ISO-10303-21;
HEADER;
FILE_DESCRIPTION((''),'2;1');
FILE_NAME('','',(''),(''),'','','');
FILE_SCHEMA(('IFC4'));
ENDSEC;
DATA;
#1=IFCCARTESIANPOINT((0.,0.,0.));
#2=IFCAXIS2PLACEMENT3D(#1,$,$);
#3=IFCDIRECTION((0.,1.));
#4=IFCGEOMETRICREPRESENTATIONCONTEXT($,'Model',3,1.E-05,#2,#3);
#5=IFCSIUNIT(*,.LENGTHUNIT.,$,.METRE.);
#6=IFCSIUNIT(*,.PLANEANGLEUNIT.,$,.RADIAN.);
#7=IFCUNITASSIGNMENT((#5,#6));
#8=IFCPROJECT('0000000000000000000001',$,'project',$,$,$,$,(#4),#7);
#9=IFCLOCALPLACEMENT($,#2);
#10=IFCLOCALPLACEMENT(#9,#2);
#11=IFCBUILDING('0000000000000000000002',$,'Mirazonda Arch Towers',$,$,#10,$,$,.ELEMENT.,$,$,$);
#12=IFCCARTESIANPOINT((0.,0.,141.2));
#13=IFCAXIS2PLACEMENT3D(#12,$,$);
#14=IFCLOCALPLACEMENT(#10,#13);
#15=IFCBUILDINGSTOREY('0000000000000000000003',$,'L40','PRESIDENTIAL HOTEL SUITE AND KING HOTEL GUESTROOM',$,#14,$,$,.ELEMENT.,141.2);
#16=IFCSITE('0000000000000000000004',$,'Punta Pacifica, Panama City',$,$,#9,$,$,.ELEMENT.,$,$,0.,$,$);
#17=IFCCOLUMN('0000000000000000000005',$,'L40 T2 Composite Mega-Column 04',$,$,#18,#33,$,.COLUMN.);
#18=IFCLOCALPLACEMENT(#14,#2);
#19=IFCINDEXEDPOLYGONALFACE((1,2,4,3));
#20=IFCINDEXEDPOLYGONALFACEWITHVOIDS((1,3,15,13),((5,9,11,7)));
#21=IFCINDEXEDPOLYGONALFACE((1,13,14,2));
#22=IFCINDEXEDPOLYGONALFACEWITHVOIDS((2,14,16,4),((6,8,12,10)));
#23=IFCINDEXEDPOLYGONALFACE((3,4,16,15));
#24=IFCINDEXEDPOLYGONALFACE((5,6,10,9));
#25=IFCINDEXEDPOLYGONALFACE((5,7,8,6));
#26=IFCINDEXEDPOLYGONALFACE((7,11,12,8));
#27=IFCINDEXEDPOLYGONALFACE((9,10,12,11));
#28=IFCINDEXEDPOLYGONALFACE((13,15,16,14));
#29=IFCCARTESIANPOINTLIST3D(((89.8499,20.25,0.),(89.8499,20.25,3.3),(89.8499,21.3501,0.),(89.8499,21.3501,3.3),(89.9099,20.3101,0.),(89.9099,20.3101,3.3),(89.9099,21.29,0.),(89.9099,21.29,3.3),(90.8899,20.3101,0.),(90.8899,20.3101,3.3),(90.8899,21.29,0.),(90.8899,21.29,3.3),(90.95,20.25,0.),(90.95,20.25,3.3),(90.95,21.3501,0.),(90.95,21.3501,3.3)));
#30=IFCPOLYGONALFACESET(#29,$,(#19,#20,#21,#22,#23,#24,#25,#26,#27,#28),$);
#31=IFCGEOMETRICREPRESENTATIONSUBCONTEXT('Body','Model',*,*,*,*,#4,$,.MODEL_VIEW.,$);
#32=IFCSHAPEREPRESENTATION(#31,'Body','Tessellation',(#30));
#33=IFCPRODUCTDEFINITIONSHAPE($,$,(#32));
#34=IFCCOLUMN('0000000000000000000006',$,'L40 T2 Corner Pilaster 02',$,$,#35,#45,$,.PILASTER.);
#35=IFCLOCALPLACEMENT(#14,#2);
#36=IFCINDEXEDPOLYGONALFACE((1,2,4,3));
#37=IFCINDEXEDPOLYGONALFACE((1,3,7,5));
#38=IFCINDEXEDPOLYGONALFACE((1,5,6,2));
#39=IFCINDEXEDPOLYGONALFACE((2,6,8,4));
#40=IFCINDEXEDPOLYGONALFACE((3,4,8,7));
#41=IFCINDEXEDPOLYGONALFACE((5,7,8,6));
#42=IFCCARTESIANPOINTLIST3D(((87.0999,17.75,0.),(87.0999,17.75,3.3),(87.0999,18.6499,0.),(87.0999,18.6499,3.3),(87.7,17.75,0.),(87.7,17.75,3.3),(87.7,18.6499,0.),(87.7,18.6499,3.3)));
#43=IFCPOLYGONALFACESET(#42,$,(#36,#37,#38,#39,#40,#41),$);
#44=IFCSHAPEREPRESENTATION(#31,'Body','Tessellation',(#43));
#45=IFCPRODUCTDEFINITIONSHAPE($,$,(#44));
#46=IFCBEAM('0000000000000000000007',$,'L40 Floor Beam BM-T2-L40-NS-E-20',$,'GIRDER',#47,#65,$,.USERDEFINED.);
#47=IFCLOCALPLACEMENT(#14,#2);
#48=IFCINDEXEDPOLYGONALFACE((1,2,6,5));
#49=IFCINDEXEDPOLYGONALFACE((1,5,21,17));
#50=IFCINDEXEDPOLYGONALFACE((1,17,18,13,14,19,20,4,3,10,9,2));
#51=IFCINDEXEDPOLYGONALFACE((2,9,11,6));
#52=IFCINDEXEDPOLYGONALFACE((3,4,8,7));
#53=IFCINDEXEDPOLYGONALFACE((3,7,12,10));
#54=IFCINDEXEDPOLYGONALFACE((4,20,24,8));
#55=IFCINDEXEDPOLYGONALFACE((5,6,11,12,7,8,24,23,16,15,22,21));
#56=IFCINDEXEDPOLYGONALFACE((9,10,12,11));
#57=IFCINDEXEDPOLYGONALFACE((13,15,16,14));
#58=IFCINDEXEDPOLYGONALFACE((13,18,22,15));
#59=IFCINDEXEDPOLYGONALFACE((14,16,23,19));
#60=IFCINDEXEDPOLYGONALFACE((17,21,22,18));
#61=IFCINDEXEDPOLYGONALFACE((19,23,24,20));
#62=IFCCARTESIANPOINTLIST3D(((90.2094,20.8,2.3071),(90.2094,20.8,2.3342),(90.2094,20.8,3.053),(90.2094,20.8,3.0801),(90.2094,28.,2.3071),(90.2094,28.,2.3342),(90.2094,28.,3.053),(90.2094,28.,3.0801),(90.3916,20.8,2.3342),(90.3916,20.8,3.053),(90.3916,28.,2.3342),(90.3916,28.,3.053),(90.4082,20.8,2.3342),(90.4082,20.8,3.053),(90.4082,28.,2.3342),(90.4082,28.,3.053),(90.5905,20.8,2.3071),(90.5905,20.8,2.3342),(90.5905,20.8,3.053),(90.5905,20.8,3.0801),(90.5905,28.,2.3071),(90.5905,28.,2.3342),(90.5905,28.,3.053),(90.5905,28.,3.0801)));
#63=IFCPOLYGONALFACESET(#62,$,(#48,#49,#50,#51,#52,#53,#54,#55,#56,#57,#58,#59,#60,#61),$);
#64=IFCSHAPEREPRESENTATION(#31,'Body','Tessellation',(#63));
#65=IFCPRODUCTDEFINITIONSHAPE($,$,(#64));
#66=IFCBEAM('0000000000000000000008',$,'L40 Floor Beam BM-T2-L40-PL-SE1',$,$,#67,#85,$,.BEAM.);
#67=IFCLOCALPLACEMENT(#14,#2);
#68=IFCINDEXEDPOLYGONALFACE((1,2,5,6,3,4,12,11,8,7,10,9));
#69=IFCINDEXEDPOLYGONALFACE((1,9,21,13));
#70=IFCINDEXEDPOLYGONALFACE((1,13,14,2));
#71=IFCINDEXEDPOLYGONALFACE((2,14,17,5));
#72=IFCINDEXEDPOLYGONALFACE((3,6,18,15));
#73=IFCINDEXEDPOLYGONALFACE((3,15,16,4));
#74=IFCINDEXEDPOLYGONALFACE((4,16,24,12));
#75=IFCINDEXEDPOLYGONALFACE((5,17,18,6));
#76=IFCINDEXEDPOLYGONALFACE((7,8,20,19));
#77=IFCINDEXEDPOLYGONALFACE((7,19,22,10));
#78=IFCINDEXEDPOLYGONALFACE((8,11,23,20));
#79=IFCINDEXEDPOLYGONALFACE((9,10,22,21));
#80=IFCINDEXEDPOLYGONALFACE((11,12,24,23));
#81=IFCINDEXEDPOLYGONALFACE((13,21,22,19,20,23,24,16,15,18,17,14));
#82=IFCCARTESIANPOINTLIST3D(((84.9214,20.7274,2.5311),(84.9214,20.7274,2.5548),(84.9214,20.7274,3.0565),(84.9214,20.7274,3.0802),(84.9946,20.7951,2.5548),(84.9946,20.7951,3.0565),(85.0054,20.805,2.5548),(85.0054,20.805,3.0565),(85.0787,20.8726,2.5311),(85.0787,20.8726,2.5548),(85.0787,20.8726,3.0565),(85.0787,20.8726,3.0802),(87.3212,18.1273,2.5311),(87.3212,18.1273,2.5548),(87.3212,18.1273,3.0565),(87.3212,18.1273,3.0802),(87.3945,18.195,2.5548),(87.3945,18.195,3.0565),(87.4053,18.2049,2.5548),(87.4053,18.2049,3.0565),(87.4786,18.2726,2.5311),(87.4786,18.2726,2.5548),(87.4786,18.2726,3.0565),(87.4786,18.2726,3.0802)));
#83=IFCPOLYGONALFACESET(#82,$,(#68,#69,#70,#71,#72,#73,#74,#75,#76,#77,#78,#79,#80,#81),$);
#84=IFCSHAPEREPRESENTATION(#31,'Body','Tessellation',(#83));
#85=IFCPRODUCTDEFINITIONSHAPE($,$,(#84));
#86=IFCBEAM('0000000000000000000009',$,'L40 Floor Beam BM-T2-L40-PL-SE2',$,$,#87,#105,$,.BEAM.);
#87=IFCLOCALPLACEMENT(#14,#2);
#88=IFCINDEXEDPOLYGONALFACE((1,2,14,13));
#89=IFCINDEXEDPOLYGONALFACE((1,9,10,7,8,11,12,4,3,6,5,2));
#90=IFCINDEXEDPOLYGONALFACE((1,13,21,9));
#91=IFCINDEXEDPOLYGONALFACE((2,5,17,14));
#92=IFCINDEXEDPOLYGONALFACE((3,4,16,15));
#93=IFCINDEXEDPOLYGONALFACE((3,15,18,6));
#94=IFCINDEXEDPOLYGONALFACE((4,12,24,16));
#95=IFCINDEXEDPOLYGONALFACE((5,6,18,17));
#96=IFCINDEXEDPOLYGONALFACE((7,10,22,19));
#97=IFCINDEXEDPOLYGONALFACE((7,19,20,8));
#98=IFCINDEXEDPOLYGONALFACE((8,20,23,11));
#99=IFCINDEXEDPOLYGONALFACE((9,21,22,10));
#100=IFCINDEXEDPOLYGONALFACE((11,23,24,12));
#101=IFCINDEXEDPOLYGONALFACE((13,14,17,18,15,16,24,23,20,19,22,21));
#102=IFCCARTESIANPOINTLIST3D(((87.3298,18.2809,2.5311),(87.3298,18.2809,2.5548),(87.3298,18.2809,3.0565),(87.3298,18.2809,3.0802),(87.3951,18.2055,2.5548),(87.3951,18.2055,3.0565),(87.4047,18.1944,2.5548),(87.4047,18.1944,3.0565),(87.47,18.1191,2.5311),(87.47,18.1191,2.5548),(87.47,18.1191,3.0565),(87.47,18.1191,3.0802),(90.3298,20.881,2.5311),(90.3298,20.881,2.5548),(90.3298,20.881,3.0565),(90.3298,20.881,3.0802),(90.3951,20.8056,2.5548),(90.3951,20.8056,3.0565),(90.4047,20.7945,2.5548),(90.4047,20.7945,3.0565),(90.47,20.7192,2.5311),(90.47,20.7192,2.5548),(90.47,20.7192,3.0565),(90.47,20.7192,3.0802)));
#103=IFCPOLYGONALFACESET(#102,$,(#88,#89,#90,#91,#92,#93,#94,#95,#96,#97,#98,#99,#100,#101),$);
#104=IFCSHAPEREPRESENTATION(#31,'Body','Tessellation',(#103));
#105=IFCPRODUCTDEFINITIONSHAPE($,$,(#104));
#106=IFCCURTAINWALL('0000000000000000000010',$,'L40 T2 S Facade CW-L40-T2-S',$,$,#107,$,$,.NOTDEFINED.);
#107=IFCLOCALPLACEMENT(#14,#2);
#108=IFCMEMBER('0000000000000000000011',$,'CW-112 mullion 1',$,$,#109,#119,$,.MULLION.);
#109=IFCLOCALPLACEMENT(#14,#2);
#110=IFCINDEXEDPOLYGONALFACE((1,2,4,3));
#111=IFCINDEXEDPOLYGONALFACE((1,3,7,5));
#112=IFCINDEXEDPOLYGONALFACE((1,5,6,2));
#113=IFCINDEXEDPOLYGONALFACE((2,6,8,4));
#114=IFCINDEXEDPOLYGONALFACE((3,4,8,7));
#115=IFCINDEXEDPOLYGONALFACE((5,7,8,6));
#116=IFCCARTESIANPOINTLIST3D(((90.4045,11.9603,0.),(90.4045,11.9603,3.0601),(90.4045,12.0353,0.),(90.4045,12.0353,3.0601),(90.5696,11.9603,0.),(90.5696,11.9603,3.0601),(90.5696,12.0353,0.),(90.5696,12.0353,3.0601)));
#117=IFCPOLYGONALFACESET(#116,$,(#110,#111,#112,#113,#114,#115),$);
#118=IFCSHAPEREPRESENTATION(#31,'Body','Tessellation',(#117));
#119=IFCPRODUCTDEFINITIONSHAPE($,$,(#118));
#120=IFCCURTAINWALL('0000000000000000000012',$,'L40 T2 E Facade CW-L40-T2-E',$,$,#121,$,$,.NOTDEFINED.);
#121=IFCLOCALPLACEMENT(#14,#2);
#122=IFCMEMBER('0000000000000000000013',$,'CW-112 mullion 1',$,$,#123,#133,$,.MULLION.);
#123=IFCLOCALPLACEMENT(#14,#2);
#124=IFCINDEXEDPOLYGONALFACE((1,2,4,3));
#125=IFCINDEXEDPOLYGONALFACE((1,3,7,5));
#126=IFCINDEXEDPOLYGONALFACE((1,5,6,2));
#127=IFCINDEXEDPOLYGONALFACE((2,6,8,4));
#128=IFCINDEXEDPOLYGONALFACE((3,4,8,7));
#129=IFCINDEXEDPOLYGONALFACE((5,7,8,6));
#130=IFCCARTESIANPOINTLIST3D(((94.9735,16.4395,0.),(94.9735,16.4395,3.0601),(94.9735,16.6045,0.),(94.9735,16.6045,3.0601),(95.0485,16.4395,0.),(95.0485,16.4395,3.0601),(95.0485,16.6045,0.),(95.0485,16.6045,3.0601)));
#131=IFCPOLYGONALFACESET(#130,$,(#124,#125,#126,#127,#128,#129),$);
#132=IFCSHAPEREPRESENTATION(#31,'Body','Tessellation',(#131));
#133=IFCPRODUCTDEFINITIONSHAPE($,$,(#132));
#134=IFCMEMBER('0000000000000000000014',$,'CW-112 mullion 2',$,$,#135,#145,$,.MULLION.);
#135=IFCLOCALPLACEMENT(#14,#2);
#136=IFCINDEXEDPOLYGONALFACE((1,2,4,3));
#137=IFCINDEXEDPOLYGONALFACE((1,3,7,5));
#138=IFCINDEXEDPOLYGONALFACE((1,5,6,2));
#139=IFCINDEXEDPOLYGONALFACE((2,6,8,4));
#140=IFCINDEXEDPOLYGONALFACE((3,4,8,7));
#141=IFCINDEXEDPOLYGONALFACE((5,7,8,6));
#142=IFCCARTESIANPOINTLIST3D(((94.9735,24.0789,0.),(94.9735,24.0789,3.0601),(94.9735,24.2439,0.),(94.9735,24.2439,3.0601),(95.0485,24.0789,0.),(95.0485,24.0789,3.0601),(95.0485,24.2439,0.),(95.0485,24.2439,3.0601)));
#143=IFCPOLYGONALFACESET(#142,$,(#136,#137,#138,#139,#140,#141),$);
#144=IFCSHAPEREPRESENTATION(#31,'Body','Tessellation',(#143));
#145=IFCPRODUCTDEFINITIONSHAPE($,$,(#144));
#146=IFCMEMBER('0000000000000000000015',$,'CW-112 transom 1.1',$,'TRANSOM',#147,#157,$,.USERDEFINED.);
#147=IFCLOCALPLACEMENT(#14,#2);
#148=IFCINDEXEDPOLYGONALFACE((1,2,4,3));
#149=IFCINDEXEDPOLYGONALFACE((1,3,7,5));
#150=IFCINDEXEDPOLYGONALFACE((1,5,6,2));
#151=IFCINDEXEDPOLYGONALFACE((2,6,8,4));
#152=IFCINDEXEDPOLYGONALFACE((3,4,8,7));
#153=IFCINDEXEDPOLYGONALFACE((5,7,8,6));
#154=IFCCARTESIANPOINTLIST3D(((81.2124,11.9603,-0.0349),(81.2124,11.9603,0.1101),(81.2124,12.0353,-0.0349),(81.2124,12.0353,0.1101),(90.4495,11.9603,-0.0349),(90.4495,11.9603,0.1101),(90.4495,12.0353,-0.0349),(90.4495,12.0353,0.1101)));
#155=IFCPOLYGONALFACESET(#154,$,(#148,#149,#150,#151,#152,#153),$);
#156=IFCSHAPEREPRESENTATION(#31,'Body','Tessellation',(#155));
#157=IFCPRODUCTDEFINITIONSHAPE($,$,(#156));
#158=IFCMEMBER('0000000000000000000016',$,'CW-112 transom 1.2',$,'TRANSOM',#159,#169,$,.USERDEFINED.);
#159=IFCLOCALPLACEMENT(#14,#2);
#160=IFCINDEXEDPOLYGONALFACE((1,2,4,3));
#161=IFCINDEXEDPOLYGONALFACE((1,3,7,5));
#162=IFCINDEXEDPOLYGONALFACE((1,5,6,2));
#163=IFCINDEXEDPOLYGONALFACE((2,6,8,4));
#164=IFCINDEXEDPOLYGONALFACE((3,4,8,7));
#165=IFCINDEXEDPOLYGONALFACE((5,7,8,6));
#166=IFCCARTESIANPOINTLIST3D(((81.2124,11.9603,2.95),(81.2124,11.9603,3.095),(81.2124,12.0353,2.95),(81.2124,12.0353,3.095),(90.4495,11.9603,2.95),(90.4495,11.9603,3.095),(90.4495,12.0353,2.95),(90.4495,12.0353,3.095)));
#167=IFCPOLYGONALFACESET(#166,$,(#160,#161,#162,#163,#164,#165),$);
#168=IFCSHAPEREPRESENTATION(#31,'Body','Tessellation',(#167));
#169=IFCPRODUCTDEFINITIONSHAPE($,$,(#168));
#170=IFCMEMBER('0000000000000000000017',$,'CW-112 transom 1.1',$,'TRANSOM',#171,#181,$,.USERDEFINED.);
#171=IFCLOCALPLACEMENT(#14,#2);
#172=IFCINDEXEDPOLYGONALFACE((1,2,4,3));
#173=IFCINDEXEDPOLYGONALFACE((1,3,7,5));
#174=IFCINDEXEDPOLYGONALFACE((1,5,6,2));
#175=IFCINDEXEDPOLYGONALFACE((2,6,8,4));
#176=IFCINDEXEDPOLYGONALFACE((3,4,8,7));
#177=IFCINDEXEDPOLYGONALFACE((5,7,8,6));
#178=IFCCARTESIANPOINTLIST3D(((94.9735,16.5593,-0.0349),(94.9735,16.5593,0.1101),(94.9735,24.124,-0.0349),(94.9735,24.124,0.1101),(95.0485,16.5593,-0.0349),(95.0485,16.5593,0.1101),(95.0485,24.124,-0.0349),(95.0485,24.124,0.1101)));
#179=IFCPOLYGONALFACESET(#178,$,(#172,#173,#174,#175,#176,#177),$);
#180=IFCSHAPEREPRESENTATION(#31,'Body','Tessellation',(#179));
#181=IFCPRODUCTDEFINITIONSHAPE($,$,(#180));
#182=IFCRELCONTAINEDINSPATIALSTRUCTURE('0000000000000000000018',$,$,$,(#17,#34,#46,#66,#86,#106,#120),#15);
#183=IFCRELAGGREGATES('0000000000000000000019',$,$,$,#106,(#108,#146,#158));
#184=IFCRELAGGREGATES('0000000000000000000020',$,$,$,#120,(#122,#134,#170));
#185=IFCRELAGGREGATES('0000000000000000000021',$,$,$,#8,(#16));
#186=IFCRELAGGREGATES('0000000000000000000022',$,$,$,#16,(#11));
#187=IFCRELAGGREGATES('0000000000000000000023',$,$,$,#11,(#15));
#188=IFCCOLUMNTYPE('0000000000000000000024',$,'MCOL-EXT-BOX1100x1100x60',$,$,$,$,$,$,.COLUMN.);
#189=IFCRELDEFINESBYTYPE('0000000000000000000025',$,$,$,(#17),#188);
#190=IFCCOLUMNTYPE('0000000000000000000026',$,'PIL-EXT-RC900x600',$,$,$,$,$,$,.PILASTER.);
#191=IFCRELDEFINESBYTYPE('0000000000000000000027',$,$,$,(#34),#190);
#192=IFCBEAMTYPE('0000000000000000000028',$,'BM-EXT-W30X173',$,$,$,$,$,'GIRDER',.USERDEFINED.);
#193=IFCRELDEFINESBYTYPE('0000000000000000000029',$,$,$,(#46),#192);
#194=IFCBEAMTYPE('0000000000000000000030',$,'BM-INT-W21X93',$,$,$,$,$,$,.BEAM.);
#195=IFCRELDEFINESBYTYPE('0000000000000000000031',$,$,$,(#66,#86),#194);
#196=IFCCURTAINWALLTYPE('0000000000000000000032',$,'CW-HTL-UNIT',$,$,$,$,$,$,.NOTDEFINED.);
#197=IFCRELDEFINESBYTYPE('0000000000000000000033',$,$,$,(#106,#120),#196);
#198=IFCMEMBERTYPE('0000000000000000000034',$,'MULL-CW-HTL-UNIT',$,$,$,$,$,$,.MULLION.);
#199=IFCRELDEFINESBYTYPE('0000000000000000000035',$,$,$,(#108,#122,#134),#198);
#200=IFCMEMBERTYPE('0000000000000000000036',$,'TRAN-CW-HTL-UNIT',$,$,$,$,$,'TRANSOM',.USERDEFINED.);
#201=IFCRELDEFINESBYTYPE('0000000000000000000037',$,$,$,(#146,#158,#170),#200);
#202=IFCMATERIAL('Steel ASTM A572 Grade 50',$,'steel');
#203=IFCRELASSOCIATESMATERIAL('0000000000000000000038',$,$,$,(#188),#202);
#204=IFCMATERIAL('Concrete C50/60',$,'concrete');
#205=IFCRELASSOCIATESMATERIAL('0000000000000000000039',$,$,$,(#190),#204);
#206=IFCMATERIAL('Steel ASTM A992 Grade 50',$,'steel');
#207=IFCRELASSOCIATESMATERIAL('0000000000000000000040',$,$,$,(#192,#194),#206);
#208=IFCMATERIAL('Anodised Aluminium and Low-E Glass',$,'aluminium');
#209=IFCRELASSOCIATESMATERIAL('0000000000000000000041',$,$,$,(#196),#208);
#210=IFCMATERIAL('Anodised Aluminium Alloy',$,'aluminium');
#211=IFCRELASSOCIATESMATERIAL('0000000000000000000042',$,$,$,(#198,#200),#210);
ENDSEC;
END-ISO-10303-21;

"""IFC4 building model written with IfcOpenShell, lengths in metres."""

from ifc_helpers import new_model, si_unit, direction, frame, origin, origin_2d, place, context, subcontext, project, spatial, rectangle, hollow_rectangle, i_section, extrude, material, material_profile, profile_set, type_object, element, aggregate, save


model = new_model("IFC4")

# Units and contexts
model_context = context("Model", 3, precision=1e-05, world=origin(), true_north=direction((0.0, 1.0)))
body_context = subcontext(model_context, "Body", "Model", "MODEL_VIEW")
ifc_project = project(units=[si_unit("LENGTHUNIT", "METRE"), si_unit("PLANEANGLEUNIT", "RADIAN")], contexts=[model_context])

# Site, building, storey
site_placement = place(None, origin())
site = spatial("IfcSite", under=ifc_project, at=site_placement, Name="Punta Pacifica, Panama City", CompositionType="ELEMENT", RefElevation=0.0)
building_placement = place(site_placement, origin())
building = spatial("IfcBuilding", under=site, at=building_placement, Name="Mirazonda Arch Towers", CompositionType="ELEMENT")
storey_placement = place(building_placement, frame((0.0, 0.0, 141.2)))
storey = spatial("IfcBuildingStorey", under=building, at=storey_placement, Name="L40", Description="PRESIDENTIAL HOTEL SUITE AND KING HOTEL GUESTROOM", CompositionType="ELEMENT", Elevation=141.2)

# Columns
ifc_material_1 = material(Name="Steel ASTM A572 Grade 50", Category="steel")
ifc_material_profile_1 = material_profile(ifc_material_1, hollow_rectangle(XDim=1.1001, YDim=1.1001, WallThickness=0.0601, at=origin_2d()), Name="BOX1100x1100x60")
ifc_profile_set_1 = profile_set([ifc_material_profile_1], Name="Steel ASTM A572 Grade 50")
column_type_1 = type_object("IfcColumnType", Name="MCOL-EXT-BOX1100x1100x60", PredefinedType="COLUMN", material=ifc_profile_set_1)
column_1_placement = place(storey_placement, frame((90.3999, 20.8, 0.0), z_axis=(0.0, 0.0, 1.0), x_axis=(1.0, 0.0, 0.0)))
element("IfcColumn", 1, at=column_1_placement, inside=storey, type_object=column_type_1, Name="L40 T2 Composite Mega-Column 04", PredefinedType="COLUMN", context=body_context, shape_type="SweptSolid", body=[
    extrude(hollow_rectangle(XDim=1.1001, YDim=1.1001, WallThickness=0.0601, at=origin_2d()), origin(), (0.0, 0.0, 1.0), 3.3),
])
ifc_material_2 = material(Name="Concrete C50/60", Category="concrete")
ifc_material_profile_2 = material_profile(ifc_material_2, rectangle(XDim=0.6001, YDim=0.8999, at=origin_2d()), Name="RC900x600")
ifc_profile_set_2 = profile_set([ifc_material_profile_2], Name="Concrete C50/60")
column_type_2 = type_object("IfcColumnType", Name="PIL-EXT-RC900x600", PredefinedType="PILASTER", material=ifc_profile_set_2)
column_2_placement = place(storey_placement, frame((87.3999, 18.2, 0.0), z_axis=(0.0, 0.0, 1.0), x_axis=(1.0, 0.0, 0.0)))
element("IfcColumn", 2, at=column_2_placement, inside=storey, type_object=column_type_2, Name="L40 T2 Corner Pilaster 02", PredefinedType="PILASTER", context=body_context, shape_type="SweptSolid", body=[
    extrude(rectangle(XDim=0.6001, YDim=0.8999, at=origin_2d()), origin(), (0.0, 0.0, 1.0), 3.3),
])

# Beams
ifc_material_3 = material(Name="Steel ASTM A992 Grade 50", Category="steel")
ifc_material_profile_3 = material_profile(ifc_material_3, i_section(OverallWidth=0.3811, OverallDepth=0.7729, WebThickness=0.0166, FlangeThickness=0.0271, at=origin_2d()), Name="W30X173")
ifc_profile_set_3 = profile_set([ifc_material_profile_3], Name="Steel ASTM A992 Grade 50")
beam_type_1 = type_object("IfcBeamType", Name="BM-EXT-W30X173", ElementType="GIRDER", PredefinedType="USERDEFINED", material=ifc_profile_set_3)
beam_1_placement = place(storey_placement, frame((90.3999, 20.8, 2.6936), z_axis=(0.0, 1.0, 0.0), x_axis=(-1.0, 0.0, 0.0)))
element("IfcBeam", 3, at=beam_1_placement, inside=storey, type_object=beam_type_1, Name="L40 Floor Beam BM-T2-L40-NS-E-20", ObjectType="GIRDER", PredefinedType="USERDEFINED", context=body_context, shape_type="SweptSolid", body=[
    extrude(i_section(OverallWidth=0.3811, OverallDepth=0.7729, WebThickness=0.0166, FlangeThickness=0.0271, at=origin_2d()), origin(), (0.0, 0.0, 1.0), 7.2),
])
ifc_material_profile_4 = material_profile(ifc_material_3, i_section(OverallWidth=0.2141, OverallDepth=0.5491, WebThickness=0.0146, FlangeThickness=0.0237, at=origin_2d()), Name="W21X93")
ifc_profile_set_4 = profile_set([ifc_material_profile_4], Name="Steel ASTM A992 Grade 50")
beam_type_2 = type_object("IfcBeamType", Name="BM-INT-W21X93", PredefinedType="BEAM", material=ifc_profile_set_4)
beam_2_placement = place(storey_placement, frame((87.3999, 18.2, 2.8057), z_axis=(-0.678251, 0.73483, 0.0), x_axis=(-0.73483, -0.678251, 0.0)))
element("IfcBeam", 4, at=beam_2_placement, inside=storey, type_object=beam_type_2, Name="L40 Floor Beam BM-T2-L40-PL-SE1", PredefinedType="BEAM", context=body_context, shape_type="SweptSolid", body=[
    extrude(i_section(OverallWidth=0.2141, OverallDepth=0.5491, WebThickness=0.0146, FlangeThickness=0.0237, at=origin_2d()), origin(), (0.0, 0.0, 1.0), 3.5383),
])
beam_3_placement = place(storey_placement, frame((87.3999, 18.2, 2.8057), z_axis=(0.755677, 0.654945, 0.0), x_axis=(-0.654945, 0.755677, 0.0)))
element("IfcBeam", 5, at=beam_3_placement, inside=storey, type_object=beam_type_2, Name="L40 Floor Beam BM-T2-L40-PL-SE2", PredefinedType="BEAM", context=body_context, shape_type="SweptSolid", body=[
    extrude(i_section(OverallWidth=0.2141, OverallDepth=0.5491, WebThickness=0.0146, FlangeThickness=0.0237, at=origin_2d()), origin(), (0.0, 0.0, 1.0), 3.97),
])

# Curtain wall, member
ifc_material_4 = material(Name="Anodised Aluminium and Low-E Glass", Category="aluminium")
curtain_wall_type = type_object("IfcCurtainWallType", Name="CW-HTL-UNIT", PredefinedType="NOTDEFINED", material=ifc_material_4)
curtain_wall_1_placement = place(storey_placement, origin())
curtain_wall_1 = element("IfcCurtainWall", 6, at=curtain_wall_1_placement, inside=storey, type_object=curtain_wall_type, Name="L40 T2 S Facade CW-L40-T2-S", PredefinedType="NOTDEFINED")
ifc_material_5 = material(Name="Anodised Aluminium Alloy", Category="aluminium")
ifc_material_profile_5 = material_profile(ifc_material_5, rectangle(XDim=0.075, YDim=0.165, at=origin_2d()), Name="ALU-MULL-75x165")
ifc_profile_set_5 = profile_set([ifc_material_profile_5], Name="Anodised Aluminium Alloy")
member_type_1 = type_object("IfcMemberType", Name="MULL-CW-HTL-UNIT", PredefinedType="MULLION", material=ifc_profile_set_5)
member_1_placement = place(storey_placement, frame((90.4871, 11.9978, 0.0), z_axis=(0.0, 0.0, 1.0), x_axis=(0.0, -1.0, 0.0)))
member_1 = element("IfcMember", 7, at=member_1_placement, type_object=member_type_1, Name="CW-112 mullion 1", PredefinedType="MULLION", context=body_context, shape_type="SweptSolid", body=[
    extrude(rectangle(XDim=0.075, YDim=0.165, at=origin_2d()), origin(), (0.0, 0.0, 1.0), 3.0601),
])

# Curtain wall, members
curtain_wall_2_placement = place(storey_placement, origin())
curtain_wall_2 = element("IfcCurtainWall", 8, at=curtain_wall_2_placement, inside=storey, type_object=curtain_wall_type, Name="L40 T2 E Facade CW-L40-T2-E", PredefinedType="NOTDEFINED")
member_2_placement = place(storey_placement, frame((95.011, 16.522, 0.0), z_axis=(0.0, 0.0, 1.0), x_axis=(-1.0, 0.0, 0.0)))
member_2 = element("IfcMember", 9, at=member_2_placement, type_object=member_type_1, Name="CW-112 mullion 1", PredefinedType="MULLION", context=body_context, shape_type="SweptSolid", body=[
    extrude(rectangle(XDim=0.075, YDim=0.165, at=origin_2d()), origin(), (0.0, 0.0, 1.0), 3.0601),
])
member_3_placement = place(storey_placement, frame((95.011, 24.1614, 0.0), z_axis=(0.0, 0.0, 1.0), x_axis=(-1.0, 0.0, 0.0)))
member_3 = element("IfcMember", 10, at=member_3_placement, type_object=member_type_1, Name="CW-112 mullion 2", PredefinedType="MULLION", context=body_context, shape_type="SweptSolid", body=[
    extrude(rectangle(XDim=0.075, YDim=0.165, at=origin_2d()), origin(), (0.0, 0.0, 1.0), 3.0601),
])

# Members
ifc_material_profile_6 = material_profile(ifc_material_5, rectangle(XDim=0.075, YDim=0.145, at=origin_2d()), Name="ALU-TRAN-75x145")
ifc_profile_set_6 = profile_set([ifc_material_profile_6], Name="Anodised Aluminium Alloy")
member_type_2 = type_object("IfcMemberType", Name="TRAN-CW-HTL-UNIT", ElementType="TRANSOM", PredefinedType="USERDEFINED", material=ifc_profile_set_6)
member_4_placement = place(storey_placement, frame((90.4495, 11.9978, 0.0376), z_axis=(-1.0, 0.0, 0.0), x_axis=(0.0, -1.0, 0.0)))
member_4 = element("IfcMember", 11, at=member_4_placement, type_object=member_type_2, Name="CW-112 transom 1.1", ObjectType="TRANSOM", PredefinedType="USERDEFINED", context=body_context, shape_type="SweptSolid", body=[
    extrude(rectangle(XDim=0.075, YDim=0.145, at=origin_2d()), origin(), (0.0, 0.0, 1.0), 9.2371),
])
member_5_placement = place(storey_placement, frame((90.4495, 11.9978, 3.0225), z_axis=(-1.0, 0.0, 0.0), x_axis=(0.0, -1.0, 0.0)))
member_5 = element("IfcMember", 12, at=member_5_placement, type_object=member_type_2, Name="CW-112 transom 1.2", ObjectType="TRANSOM", PredefinedType="USERDEFINED", context=body_context, shape_type="SweptSolid", body=[
    extrude(rectangle(XDim=0.075, YDim=0.145, at=origin_2d()), origin(), (0.0, 0.0, 1.0), 9.2371),
])
aggregate(curtain_wall_1, [member_1, member_4, member_5])
member_6_placement = place(storey_placement, frame((95.011, 16.5593, 0.0376), z_axis=(0.0, 1.0, 0.0), x_axis=(-1.0, 0.0, 0.0)))
member_6 = element("IfcMember", 13, at=member_6_placement, type_object=member_type_2, Name="CW-112 transom 1.1", ObjectType="TRANSOM", PredefinedType="USERDEFINED", context=body_context, shape_type="SweptSolid", body=[
    extrude(rectangle(XDim=0.075, YDim=0.145, at=origin_2d()), origin(), (0.0, 0.0, 1.0), 7.5647),
])

aggregate(curtain_wall_2, [member_2, member_3, member_6])

save(model, "model.ifc")
